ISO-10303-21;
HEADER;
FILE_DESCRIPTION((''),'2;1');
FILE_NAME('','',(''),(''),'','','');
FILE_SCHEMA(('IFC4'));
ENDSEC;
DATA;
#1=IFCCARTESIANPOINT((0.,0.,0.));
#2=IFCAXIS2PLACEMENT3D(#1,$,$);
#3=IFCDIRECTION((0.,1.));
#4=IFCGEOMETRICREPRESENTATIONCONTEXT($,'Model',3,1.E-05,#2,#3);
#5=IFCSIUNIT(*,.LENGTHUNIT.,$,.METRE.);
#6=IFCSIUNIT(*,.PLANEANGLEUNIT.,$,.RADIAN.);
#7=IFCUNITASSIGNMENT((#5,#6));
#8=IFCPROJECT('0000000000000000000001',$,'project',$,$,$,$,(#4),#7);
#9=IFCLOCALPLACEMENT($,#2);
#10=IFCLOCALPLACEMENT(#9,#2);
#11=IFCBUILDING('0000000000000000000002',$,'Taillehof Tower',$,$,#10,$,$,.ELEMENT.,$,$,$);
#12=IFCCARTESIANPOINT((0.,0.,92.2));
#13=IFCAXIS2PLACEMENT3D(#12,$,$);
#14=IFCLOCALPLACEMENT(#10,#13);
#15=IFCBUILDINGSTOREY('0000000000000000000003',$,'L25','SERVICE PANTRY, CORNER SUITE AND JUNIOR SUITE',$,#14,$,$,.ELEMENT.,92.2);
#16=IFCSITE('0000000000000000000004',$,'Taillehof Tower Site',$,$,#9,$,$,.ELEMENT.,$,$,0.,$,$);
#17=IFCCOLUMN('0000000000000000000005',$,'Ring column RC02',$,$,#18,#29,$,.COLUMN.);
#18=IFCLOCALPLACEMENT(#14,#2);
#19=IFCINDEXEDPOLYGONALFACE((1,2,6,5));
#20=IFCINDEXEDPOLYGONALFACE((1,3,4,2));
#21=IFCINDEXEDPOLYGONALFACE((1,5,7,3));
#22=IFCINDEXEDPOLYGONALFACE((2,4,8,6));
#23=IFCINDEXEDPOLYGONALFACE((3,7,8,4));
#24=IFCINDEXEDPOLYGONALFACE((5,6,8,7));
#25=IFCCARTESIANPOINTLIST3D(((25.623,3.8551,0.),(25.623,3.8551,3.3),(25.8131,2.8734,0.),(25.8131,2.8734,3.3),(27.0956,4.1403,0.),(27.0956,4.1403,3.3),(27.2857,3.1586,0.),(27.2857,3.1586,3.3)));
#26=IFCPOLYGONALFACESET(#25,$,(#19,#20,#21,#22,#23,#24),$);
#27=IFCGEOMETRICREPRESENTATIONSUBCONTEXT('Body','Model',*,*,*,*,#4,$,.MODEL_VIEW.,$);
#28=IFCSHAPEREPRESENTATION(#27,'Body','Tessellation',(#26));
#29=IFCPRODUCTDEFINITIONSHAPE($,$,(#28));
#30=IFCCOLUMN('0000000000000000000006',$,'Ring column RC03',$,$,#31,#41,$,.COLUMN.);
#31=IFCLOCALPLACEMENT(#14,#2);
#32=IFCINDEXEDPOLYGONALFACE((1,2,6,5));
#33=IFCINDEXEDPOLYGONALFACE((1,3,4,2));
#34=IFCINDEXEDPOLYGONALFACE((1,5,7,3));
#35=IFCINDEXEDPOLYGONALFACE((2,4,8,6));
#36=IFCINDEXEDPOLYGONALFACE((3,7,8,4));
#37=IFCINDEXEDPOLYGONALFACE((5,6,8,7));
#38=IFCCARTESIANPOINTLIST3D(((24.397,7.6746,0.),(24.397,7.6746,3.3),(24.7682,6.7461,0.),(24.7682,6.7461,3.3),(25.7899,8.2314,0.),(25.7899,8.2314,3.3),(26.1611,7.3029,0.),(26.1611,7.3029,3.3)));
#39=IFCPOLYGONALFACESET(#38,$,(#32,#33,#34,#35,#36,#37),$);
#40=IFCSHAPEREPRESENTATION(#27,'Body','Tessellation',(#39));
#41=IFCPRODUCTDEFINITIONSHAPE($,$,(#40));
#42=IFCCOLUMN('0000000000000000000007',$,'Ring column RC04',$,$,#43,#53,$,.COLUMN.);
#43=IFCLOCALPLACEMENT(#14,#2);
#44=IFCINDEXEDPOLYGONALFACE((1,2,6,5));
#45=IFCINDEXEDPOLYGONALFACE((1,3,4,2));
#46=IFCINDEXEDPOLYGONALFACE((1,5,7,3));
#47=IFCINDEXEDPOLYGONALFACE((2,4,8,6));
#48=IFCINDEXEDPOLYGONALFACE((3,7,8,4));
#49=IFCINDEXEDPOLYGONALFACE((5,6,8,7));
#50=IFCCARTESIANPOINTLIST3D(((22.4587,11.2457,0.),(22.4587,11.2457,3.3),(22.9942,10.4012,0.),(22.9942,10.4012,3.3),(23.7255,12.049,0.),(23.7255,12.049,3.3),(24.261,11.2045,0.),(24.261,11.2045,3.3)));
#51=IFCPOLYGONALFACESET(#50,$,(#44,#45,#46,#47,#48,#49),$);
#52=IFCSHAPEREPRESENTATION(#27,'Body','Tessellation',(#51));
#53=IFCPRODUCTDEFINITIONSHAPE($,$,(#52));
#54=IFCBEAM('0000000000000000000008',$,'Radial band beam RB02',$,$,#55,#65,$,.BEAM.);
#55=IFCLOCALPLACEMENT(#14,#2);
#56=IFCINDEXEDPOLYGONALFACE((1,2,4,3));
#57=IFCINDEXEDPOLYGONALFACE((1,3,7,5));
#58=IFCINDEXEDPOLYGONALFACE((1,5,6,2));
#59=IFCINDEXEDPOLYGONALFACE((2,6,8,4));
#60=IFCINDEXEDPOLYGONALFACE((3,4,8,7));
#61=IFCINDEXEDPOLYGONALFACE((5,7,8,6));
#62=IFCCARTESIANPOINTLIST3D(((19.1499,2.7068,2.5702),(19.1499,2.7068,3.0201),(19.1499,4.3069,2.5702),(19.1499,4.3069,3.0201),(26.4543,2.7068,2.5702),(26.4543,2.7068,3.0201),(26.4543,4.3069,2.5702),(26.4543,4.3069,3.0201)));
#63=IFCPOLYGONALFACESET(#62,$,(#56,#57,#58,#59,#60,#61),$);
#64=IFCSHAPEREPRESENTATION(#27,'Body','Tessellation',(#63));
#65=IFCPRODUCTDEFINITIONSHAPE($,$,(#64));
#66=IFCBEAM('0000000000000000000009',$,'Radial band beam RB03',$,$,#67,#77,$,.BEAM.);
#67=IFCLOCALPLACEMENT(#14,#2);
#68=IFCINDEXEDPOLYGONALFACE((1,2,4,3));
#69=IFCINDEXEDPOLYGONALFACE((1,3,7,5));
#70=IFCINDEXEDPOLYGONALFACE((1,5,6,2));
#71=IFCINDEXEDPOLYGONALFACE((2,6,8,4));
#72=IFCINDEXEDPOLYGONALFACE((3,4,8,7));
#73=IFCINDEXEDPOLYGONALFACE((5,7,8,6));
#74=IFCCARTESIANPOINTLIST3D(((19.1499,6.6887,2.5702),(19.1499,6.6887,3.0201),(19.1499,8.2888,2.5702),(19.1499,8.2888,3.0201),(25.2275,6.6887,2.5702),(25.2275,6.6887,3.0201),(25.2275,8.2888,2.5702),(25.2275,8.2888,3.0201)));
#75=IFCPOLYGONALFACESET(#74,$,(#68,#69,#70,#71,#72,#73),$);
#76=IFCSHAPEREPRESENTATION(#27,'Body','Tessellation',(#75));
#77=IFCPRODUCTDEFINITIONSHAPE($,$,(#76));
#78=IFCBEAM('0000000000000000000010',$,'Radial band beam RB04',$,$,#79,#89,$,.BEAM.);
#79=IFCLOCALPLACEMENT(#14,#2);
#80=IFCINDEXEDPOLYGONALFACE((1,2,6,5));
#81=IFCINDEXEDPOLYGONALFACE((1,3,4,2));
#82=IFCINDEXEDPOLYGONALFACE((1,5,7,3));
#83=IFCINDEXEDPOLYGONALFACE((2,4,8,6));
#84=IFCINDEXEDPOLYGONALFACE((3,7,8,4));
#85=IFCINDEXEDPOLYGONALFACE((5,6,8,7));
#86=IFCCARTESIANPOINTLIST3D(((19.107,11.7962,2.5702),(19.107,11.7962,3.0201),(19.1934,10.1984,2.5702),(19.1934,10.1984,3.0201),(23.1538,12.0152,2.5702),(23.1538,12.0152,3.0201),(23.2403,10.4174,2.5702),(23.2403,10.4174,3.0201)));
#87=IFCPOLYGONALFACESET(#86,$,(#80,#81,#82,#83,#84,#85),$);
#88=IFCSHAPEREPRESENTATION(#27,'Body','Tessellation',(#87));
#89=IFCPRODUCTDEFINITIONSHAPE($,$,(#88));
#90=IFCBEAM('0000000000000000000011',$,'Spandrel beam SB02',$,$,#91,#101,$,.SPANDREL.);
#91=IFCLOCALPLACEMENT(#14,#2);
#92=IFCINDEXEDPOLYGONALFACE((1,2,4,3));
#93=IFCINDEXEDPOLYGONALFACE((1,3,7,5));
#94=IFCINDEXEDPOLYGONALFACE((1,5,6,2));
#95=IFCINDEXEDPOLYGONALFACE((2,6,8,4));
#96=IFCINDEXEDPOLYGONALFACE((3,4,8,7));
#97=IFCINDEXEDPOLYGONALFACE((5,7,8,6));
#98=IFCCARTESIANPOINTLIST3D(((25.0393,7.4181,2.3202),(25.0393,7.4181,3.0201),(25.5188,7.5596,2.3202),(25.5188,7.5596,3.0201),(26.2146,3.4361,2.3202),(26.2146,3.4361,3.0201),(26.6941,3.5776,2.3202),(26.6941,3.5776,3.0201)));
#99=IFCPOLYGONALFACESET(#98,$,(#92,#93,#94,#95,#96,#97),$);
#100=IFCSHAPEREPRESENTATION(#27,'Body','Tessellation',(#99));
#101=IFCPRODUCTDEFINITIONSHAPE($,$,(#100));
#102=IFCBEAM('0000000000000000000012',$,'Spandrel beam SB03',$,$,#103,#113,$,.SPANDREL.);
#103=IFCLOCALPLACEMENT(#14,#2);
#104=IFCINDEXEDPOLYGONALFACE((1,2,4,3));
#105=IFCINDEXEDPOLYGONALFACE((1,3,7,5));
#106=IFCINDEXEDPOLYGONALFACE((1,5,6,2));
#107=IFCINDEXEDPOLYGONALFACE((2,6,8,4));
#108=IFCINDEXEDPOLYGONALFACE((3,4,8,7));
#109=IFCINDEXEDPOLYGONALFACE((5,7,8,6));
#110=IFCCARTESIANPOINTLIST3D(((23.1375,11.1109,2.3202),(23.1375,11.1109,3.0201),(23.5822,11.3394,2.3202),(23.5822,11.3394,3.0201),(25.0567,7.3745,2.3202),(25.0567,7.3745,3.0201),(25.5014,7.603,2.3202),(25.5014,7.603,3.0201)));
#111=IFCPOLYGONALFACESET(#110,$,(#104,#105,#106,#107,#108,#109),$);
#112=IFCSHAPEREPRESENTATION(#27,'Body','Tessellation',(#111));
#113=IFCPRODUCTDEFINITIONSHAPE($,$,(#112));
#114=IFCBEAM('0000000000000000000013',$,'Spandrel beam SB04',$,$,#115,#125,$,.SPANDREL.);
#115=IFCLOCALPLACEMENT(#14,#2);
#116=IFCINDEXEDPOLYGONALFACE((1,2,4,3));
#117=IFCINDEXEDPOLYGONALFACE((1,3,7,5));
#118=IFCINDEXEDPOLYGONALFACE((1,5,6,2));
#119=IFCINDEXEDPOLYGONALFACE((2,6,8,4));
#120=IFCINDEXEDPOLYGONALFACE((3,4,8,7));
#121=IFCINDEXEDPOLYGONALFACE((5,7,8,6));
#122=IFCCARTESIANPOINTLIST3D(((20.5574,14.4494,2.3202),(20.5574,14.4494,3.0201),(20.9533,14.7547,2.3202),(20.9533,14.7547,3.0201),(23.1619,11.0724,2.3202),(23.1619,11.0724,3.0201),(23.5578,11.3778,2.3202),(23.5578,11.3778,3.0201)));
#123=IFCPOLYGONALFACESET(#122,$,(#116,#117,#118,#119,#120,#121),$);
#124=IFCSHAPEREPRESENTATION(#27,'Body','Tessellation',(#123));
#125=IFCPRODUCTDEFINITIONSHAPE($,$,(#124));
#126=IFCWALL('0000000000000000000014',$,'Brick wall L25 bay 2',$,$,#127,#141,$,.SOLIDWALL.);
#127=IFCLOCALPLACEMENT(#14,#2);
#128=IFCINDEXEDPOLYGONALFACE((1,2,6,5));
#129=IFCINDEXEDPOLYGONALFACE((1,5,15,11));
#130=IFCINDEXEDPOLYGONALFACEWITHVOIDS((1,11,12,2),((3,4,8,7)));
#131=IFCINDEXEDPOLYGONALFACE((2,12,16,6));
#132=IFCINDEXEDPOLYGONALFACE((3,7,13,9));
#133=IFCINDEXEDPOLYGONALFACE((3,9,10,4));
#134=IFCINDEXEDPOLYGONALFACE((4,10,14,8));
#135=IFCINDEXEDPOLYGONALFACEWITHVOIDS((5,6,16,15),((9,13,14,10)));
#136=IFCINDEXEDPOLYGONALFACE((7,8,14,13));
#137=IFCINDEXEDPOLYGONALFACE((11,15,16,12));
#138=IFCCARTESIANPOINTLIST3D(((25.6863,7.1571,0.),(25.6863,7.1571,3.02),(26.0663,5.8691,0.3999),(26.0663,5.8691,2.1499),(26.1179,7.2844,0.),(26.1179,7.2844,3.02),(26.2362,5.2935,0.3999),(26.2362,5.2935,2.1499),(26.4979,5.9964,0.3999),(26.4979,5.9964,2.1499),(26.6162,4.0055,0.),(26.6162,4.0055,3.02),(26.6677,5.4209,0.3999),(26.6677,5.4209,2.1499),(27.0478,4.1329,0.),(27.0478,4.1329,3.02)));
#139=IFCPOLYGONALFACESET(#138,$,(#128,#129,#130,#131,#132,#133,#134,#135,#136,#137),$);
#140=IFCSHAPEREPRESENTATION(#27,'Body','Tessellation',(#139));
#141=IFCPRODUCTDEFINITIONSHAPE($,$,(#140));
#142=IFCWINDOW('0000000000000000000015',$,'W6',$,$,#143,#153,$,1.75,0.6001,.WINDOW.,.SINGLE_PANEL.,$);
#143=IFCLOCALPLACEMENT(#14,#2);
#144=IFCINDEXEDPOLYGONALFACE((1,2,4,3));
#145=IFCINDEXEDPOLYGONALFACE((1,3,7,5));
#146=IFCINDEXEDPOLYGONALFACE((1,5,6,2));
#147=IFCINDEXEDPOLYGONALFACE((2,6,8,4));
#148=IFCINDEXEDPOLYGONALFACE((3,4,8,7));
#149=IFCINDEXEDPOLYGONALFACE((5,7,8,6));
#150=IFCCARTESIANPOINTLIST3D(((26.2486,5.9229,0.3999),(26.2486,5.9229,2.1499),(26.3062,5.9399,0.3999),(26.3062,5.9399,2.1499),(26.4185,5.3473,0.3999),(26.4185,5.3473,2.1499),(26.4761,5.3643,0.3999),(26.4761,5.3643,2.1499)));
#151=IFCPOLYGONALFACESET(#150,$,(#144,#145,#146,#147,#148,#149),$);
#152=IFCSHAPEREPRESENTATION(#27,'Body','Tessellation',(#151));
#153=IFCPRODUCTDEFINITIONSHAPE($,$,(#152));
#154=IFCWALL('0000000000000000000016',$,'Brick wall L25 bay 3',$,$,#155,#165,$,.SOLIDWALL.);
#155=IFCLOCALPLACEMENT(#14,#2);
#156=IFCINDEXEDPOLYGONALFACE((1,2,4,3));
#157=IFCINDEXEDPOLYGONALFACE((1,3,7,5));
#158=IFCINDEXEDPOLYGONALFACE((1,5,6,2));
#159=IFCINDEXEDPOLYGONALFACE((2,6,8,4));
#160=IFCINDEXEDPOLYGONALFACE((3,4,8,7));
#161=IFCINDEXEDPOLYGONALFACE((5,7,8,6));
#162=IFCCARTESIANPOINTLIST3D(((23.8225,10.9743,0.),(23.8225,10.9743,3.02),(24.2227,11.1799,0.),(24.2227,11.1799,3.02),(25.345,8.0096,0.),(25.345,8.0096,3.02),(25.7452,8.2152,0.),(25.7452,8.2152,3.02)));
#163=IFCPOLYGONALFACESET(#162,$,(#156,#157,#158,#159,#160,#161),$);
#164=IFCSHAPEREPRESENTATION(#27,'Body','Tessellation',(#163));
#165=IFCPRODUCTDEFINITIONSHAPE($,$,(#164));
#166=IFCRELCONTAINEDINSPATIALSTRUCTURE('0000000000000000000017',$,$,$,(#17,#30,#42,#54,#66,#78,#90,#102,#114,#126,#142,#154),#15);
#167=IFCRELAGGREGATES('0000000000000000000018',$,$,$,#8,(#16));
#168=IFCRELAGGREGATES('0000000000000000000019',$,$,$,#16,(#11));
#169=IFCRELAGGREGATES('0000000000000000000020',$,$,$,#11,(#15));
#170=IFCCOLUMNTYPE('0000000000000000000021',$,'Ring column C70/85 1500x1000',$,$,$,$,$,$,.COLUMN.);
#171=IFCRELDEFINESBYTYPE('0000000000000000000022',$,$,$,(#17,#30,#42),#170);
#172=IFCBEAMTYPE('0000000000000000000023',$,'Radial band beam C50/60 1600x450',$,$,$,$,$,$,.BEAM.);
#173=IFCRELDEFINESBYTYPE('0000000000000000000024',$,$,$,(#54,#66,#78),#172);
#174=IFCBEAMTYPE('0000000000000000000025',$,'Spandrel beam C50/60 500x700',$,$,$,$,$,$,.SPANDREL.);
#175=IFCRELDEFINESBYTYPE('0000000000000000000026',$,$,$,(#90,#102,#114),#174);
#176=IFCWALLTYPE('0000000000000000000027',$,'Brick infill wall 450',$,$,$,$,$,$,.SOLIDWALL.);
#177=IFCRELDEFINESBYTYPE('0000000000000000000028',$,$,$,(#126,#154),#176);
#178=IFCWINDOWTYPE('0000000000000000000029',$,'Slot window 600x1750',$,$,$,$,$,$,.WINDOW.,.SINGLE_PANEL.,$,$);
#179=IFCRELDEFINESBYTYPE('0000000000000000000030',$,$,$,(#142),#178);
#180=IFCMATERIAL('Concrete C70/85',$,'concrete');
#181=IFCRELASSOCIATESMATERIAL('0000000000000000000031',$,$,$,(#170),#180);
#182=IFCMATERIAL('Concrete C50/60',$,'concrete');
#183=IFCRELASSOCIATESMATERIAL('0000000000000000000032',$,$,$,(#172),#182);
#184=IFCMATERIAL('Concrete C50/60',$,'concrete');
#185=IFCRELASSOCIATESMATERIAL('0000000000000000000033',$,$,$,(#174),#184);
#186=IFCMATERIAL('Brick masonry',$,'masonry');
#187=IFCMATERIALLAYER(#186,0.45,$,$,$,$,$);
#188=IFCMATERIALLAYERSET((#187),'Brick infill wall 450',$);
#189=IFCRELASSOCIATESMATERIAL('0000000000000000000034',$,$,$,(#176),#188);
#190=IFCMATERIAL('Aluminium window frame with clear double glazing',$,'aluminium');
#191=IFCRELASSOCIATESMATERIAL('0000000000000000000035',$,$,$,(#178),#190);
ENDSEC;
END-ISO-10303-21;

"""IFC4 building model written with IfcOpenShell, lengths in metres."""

from ifc_helpers import new_model, si_unit, direction, frame, frame_2d, origin, origin_2d, place, context, subcontext, project, spatial, rectangle, extrude, material, layer, layer_set, material_profile, profile_set, type_object, element, fill, save


model = new_model("IFC4")

# Units and contexts
model_context = context("Model", 3, precision=1e-05, world=origin(), true_north=direction((0.0, 1.0)))
body_context = subcontext(model_context, "Body", "Model", "MODEL_VIEW")
ifc_project = project(units=[si_unit("LENGTHUNIT", "METRE"), si_unit("PLANEANGLEUNIT", "RADIAN")], contexts=[model_context])

# Site, building, storey
site_placement = place(None, origin())
site = spatial("IfcSite", under=ifc_project, at=site_placement, Name="Taillehof Tower Site", CompositionType="ELEMENT", RefElevation=0.0)
building_placement = place(site_placement, origin())
building = spatial("IfcBuilding", under=site, at=building_placement, Name="Taillehof Tower", CompositionType="ELEMENT")
storey_placement = place(building_placement, frame((0.0, 0.0, 92.2)))
storey = spatial("IfcBuildingStorey", under=building, at=storey_placement, Name="L25", Description="SERVICE PANTRY, CORNER SUITE AND JUNIOR SUITE", CompositionType="ELEMENT", Elevation=92.2)

# Columns
ifc_material_1 = material(Name="Concrete C70/85", Category="concrete")
ifc_material_profile_1 = material_profile(ifc_material_1, rectangle(XDim=1.5, YDim=1.0, at=origin_2d()), Name="RC 1500x1000")
ifc_profile_set_1 = profile_set([ifc_material_profile_1], Name="Concrete C70/85")
column_type = type_object("IfcColumnType", Name="Ring column C70/85 1500x1000", PredefinedType="COLUMN", material=ifc_profile_set_1)
for number, where, z_axis, x_axis, name in (
    (1, (26.4543, 3.5068, 0.0), (0.0, 0.0, 1.0), (0.981757, 0.190138, 0.0), "Ring column RC02"),
    (2, (25.2791, 7.4888, 0.0), (0.0, 0.0, 1.0), (0.92855, 0.371207, 0.0), "Ring column RC03"),
    (3, (23.3599, 11.2251, 0.0), (0.0, 0.0, 1.0), (0.844511, 0.535537, 0.0), "Ring column RC04"),
):
    element("IfcColumn", number, at=place(storey_placement, frame(where, z_axis=z_axis, x_axis=x_axis)), inside=storey, type_object=column_type, Name=name, PredefinedType="COLUMN", context=body_context, shape_type="SweptSolid", body=[
        extrude(rectangle(XDim=1.5, YDim=1.0, at=origin_2d()), origin(), (0.0, 0.0, 1.0), 3.3),
    ])

# Beams
ifc_material_2 = material(Name="Concrete C50/60", Category="concrete")
ifc_material_profile_2 = material_profile(ifc_material_2, rectangle(XDim=1.6001, YDim=0.45, at=origin_2d()), Name="RC 1600x450")
ifc_profile_set_2 = profile_set([ifc_material_profile_2], Name="Concrete C50/60")
beam_type_1 = type_object("IfcBeamType", Name="Radial band beam C50/60 1600x450", PredefinedType="BEAM", material=ifc_profile_set_2)
beam_1_placement = place(storey_placement, frame((26.4543, 3.5068, 2.7952), z_axis=(-1.0, 0.0, 0.0), x_axis=(0.0, -1.0, 0.0)))
element("IfcBeam", 4, at=beam_1_placement, inside=storey, type_object=beam_type_1, Name="Radial band beam RB02", PredefinedType="BEAM", context=body_context, shape_type="SweptSolid", body=[
    extrude(rectangle(XDim=1.6001, YDim=0.45, at=origin_2d()), origin(), (0.0, 0.0, 1.0), 7.3044),
])
beam_2_placement = place(storey_placement, frame((25.2275, 7.4888, 2.7952), z_axis=(-1.0, 0.0, 0.0), x_axis=(0.0, -1.0, 0.0)))
element("IfcBeam", 5, at=beam_2_placement, inside=storey, type_object=beam_type_1, Name="Radial band beam RB03", PredefinedType="BEAM", context=body_context, shape_type="SweptSolid", body=[
    extrude(rectangle(XDim=1.6001, YDim=0.45, at=origin_2d()), origin(), (0.0, 0.0, 1.0), 6.0776),
])
beam_3_placement = place(storey_placement, frame((23.197, 11.2163, 2.7952), z_axis=(-0.998539, -0.054035, 0.0), x_axis=(0.054035, -0.998539, 0.0)))
element("IfcBeam", 6, at=beam_3_placement, inside=storey, type_object=beam_type_1, Name="Radial band beam RB04", PredefinedType="BEAM", context=body_context, shape_type="SweptSolid", body=[
    extrude(rectangle(XDim=1.6001, YDim=0.45, at=origin_2d()), origin(), (0.0, 0.0, 1.0), 4.0527),
])
ifc_material_3 = material(Name="Concrete C50/60", Category="concrete")
ifc_material_profile_3 = material_profile(ifc_material_3, rectangle(XDim=0.5, YDim=0.7, at=origin_2d()), Name="RC 500x700")
ifc_profile_set_3 = profile_set([ifc_material_profile_3], Name="Concrete C50/60")
beam_type_2 = type_object("IfcBeamType", Name="Spandrel beam C50/60 500x700", PredefinedType="SPANDREL", material=ifc_profile_set_3)
beam_4_placement = place(storey_placement, frame((26.4543, 3.5068, 2.6702), z_axis=(-0.283083, 0.959095, 0.0), x_axis=(-0.959095, -0.283083, 0.0)))
element("IfcBeam", 7, at=beam_4_placement, inside=storey, type_object=beam_type_2, Name="Spandrel beam SB02", PredefinedType="SPANDREL", context=body_context, shape_type="SweptSolid", body=[
    extrude(rectangle(XDim=0.5, YDim=0.7, at=origin_2d()), origin(), (0.0, 0.0, 1.0), 4.1519),
])
beam_5_placement = place(storey_placement, frame((25.2791, 7.4888, 2.6702), z_axis=(-0.456905, 0.889515, 0.0), x_axis=(-0.889515, -0.456905, 0.0)))
element("IfcBeam", 8, at=beam_5_placement, inside=storey, type_object=beam_type_2, Name="Spandrel beam SB03", PredefinedType="SPANDREL", context=body_context, shape_type="SweptSolid", body=[
    extrude(rectangle(XDim=0.5, YDim=0.7, at=origin_2d()), origin(), (0.0, 0.0, 1.0), 4.2004),
])
beam_6_placement = place(storey_placement, frame((23.3599, 11.2251, 2.6702), z_axis=(-0.610717, 0.791849, 0.0), x_axis=(-0.791849, -0.610717, 0.0)))
element("IfcBeam", 9, at=beam_6_placement, inside=storey, type_object=beam_type_2, Name="Spandrel beam SB04", PredefinedType="SPANDREL", context=body_context, shape_type="SweptSolid", body=[
    extrude(rectangle(XDim=0.5, YDim=0.7, at=origin_2d()), origin(), (0.0, 0.0, 1.0), 4.2646),
])

# Wall, opening, window
ifc_material_4 = material(Name="Brick masonry", Category="masonry")
ifc_layer_1 = layer(ifc_material_4, 0.45)
ifc_layer_set_1 = layer_set([ifc_layer_1], Name="Brick infill wall 450")
wall_type_1 = type_object("IfcWallType", Name="Brick infill wall 450", PredefinedType="SOLIDWALL", material=ifc_layer_set_1)
wall_1_placement = place(storey_placement, frame((26.832, 4.0691, 0.0), z_axis=(0.0, 0.0, 1.0), x_axis=(-0.283003, 0.959119, 0.0)))
wall_1 = element("IfcWall", 10, at=wall_1_placement, inside=storey, type_object=wall_type_1, Name="Brick wall L25 bay 2", PredefinedType="SOLIDWALL", context=body_context, shape_type="SweptSolid", body=[
    extrude(rectangle(XDim=3.2859, YDim=0.45, at=frame_2d((1.6431, 0.0))), origin(), (0.0, 0.0, 1.0), 3.02),
])
opening_1_placement = place(wall_1_placement, frame((1.343, 0.0, 0.3999)))
opening_1 = element("IfcOpeningElement", 11, at=opening_1_placement, cuts=wall_1, PredefinedType="OPENING", context=body_context, shape_type="SweptSolid", body=[
    extrude(rectangle(XDim=0.6001, YDim=1.75, at=frame_2d((0.3, 0.875))), frame((0.0, 0.2349, 0.0), z_axis=(0.0, -1.0, 0.0), x_axis=(1.0, 0.0, 0.0)), (0.0, 0.0, 1.0), 0.47),
])
ifc_material_5 = material(Name="Aluminium window frame with clear double glazing", Category="aluminium")
window_type = type_object("IfcWindowType", Name="Slot window 600x1750", PartitioningType="SINGLE_PANEL", PredefinedType="WINDOW", material=ifc_material_5)
window_placement = place(opening_1_placement, origin())
window = element("IfcWindow", 12, at=window_placement, inside=storey, type_object=window_type, Name="W6", OverallHeight=1.75, OverallWidth=0.6001, PartitioningType="SINGLE_PANEL", PredefinedType="WINDOW", context=body_context, shape_type="SweptSolid", body=[
    extrude(rectangle(XDim=0.6001, YDim=1.75, at=frame_2d((0.3, 0.875))), frame((0.0, 0.0349, 0.0), z_axis=(0.0, -1.0, 0.0), x_axis=(1.0, 0.0, 0.0)), (0.0, 0.0, 1.0), 0.0601),
])
fill(opening_1, window)

# Wall
wall_2_placement = place(storey_placement, frame((25.5452, 8.1123, 0.0), z_axis=(0.0, 0.0, 1.0), x_axis=(-0.456828, 0.889555, 0.0)))
element("IfcWall", 13, at=wall_2_placement, inside=storey, type_object=wall_type_1, Name="Brick wall L25 bay 3", PredefinedType="SOLIDWALL", context=body_context, shape_type="SweptSolid", body=[
    extrude(rectangle(XDim=3.3328, YDim=0.45, at=frame_2d((1.6665, 0.0))), origin(), (0.0, 0.0, 1.0), 3.02),
])

save(model, "model.ifc")
